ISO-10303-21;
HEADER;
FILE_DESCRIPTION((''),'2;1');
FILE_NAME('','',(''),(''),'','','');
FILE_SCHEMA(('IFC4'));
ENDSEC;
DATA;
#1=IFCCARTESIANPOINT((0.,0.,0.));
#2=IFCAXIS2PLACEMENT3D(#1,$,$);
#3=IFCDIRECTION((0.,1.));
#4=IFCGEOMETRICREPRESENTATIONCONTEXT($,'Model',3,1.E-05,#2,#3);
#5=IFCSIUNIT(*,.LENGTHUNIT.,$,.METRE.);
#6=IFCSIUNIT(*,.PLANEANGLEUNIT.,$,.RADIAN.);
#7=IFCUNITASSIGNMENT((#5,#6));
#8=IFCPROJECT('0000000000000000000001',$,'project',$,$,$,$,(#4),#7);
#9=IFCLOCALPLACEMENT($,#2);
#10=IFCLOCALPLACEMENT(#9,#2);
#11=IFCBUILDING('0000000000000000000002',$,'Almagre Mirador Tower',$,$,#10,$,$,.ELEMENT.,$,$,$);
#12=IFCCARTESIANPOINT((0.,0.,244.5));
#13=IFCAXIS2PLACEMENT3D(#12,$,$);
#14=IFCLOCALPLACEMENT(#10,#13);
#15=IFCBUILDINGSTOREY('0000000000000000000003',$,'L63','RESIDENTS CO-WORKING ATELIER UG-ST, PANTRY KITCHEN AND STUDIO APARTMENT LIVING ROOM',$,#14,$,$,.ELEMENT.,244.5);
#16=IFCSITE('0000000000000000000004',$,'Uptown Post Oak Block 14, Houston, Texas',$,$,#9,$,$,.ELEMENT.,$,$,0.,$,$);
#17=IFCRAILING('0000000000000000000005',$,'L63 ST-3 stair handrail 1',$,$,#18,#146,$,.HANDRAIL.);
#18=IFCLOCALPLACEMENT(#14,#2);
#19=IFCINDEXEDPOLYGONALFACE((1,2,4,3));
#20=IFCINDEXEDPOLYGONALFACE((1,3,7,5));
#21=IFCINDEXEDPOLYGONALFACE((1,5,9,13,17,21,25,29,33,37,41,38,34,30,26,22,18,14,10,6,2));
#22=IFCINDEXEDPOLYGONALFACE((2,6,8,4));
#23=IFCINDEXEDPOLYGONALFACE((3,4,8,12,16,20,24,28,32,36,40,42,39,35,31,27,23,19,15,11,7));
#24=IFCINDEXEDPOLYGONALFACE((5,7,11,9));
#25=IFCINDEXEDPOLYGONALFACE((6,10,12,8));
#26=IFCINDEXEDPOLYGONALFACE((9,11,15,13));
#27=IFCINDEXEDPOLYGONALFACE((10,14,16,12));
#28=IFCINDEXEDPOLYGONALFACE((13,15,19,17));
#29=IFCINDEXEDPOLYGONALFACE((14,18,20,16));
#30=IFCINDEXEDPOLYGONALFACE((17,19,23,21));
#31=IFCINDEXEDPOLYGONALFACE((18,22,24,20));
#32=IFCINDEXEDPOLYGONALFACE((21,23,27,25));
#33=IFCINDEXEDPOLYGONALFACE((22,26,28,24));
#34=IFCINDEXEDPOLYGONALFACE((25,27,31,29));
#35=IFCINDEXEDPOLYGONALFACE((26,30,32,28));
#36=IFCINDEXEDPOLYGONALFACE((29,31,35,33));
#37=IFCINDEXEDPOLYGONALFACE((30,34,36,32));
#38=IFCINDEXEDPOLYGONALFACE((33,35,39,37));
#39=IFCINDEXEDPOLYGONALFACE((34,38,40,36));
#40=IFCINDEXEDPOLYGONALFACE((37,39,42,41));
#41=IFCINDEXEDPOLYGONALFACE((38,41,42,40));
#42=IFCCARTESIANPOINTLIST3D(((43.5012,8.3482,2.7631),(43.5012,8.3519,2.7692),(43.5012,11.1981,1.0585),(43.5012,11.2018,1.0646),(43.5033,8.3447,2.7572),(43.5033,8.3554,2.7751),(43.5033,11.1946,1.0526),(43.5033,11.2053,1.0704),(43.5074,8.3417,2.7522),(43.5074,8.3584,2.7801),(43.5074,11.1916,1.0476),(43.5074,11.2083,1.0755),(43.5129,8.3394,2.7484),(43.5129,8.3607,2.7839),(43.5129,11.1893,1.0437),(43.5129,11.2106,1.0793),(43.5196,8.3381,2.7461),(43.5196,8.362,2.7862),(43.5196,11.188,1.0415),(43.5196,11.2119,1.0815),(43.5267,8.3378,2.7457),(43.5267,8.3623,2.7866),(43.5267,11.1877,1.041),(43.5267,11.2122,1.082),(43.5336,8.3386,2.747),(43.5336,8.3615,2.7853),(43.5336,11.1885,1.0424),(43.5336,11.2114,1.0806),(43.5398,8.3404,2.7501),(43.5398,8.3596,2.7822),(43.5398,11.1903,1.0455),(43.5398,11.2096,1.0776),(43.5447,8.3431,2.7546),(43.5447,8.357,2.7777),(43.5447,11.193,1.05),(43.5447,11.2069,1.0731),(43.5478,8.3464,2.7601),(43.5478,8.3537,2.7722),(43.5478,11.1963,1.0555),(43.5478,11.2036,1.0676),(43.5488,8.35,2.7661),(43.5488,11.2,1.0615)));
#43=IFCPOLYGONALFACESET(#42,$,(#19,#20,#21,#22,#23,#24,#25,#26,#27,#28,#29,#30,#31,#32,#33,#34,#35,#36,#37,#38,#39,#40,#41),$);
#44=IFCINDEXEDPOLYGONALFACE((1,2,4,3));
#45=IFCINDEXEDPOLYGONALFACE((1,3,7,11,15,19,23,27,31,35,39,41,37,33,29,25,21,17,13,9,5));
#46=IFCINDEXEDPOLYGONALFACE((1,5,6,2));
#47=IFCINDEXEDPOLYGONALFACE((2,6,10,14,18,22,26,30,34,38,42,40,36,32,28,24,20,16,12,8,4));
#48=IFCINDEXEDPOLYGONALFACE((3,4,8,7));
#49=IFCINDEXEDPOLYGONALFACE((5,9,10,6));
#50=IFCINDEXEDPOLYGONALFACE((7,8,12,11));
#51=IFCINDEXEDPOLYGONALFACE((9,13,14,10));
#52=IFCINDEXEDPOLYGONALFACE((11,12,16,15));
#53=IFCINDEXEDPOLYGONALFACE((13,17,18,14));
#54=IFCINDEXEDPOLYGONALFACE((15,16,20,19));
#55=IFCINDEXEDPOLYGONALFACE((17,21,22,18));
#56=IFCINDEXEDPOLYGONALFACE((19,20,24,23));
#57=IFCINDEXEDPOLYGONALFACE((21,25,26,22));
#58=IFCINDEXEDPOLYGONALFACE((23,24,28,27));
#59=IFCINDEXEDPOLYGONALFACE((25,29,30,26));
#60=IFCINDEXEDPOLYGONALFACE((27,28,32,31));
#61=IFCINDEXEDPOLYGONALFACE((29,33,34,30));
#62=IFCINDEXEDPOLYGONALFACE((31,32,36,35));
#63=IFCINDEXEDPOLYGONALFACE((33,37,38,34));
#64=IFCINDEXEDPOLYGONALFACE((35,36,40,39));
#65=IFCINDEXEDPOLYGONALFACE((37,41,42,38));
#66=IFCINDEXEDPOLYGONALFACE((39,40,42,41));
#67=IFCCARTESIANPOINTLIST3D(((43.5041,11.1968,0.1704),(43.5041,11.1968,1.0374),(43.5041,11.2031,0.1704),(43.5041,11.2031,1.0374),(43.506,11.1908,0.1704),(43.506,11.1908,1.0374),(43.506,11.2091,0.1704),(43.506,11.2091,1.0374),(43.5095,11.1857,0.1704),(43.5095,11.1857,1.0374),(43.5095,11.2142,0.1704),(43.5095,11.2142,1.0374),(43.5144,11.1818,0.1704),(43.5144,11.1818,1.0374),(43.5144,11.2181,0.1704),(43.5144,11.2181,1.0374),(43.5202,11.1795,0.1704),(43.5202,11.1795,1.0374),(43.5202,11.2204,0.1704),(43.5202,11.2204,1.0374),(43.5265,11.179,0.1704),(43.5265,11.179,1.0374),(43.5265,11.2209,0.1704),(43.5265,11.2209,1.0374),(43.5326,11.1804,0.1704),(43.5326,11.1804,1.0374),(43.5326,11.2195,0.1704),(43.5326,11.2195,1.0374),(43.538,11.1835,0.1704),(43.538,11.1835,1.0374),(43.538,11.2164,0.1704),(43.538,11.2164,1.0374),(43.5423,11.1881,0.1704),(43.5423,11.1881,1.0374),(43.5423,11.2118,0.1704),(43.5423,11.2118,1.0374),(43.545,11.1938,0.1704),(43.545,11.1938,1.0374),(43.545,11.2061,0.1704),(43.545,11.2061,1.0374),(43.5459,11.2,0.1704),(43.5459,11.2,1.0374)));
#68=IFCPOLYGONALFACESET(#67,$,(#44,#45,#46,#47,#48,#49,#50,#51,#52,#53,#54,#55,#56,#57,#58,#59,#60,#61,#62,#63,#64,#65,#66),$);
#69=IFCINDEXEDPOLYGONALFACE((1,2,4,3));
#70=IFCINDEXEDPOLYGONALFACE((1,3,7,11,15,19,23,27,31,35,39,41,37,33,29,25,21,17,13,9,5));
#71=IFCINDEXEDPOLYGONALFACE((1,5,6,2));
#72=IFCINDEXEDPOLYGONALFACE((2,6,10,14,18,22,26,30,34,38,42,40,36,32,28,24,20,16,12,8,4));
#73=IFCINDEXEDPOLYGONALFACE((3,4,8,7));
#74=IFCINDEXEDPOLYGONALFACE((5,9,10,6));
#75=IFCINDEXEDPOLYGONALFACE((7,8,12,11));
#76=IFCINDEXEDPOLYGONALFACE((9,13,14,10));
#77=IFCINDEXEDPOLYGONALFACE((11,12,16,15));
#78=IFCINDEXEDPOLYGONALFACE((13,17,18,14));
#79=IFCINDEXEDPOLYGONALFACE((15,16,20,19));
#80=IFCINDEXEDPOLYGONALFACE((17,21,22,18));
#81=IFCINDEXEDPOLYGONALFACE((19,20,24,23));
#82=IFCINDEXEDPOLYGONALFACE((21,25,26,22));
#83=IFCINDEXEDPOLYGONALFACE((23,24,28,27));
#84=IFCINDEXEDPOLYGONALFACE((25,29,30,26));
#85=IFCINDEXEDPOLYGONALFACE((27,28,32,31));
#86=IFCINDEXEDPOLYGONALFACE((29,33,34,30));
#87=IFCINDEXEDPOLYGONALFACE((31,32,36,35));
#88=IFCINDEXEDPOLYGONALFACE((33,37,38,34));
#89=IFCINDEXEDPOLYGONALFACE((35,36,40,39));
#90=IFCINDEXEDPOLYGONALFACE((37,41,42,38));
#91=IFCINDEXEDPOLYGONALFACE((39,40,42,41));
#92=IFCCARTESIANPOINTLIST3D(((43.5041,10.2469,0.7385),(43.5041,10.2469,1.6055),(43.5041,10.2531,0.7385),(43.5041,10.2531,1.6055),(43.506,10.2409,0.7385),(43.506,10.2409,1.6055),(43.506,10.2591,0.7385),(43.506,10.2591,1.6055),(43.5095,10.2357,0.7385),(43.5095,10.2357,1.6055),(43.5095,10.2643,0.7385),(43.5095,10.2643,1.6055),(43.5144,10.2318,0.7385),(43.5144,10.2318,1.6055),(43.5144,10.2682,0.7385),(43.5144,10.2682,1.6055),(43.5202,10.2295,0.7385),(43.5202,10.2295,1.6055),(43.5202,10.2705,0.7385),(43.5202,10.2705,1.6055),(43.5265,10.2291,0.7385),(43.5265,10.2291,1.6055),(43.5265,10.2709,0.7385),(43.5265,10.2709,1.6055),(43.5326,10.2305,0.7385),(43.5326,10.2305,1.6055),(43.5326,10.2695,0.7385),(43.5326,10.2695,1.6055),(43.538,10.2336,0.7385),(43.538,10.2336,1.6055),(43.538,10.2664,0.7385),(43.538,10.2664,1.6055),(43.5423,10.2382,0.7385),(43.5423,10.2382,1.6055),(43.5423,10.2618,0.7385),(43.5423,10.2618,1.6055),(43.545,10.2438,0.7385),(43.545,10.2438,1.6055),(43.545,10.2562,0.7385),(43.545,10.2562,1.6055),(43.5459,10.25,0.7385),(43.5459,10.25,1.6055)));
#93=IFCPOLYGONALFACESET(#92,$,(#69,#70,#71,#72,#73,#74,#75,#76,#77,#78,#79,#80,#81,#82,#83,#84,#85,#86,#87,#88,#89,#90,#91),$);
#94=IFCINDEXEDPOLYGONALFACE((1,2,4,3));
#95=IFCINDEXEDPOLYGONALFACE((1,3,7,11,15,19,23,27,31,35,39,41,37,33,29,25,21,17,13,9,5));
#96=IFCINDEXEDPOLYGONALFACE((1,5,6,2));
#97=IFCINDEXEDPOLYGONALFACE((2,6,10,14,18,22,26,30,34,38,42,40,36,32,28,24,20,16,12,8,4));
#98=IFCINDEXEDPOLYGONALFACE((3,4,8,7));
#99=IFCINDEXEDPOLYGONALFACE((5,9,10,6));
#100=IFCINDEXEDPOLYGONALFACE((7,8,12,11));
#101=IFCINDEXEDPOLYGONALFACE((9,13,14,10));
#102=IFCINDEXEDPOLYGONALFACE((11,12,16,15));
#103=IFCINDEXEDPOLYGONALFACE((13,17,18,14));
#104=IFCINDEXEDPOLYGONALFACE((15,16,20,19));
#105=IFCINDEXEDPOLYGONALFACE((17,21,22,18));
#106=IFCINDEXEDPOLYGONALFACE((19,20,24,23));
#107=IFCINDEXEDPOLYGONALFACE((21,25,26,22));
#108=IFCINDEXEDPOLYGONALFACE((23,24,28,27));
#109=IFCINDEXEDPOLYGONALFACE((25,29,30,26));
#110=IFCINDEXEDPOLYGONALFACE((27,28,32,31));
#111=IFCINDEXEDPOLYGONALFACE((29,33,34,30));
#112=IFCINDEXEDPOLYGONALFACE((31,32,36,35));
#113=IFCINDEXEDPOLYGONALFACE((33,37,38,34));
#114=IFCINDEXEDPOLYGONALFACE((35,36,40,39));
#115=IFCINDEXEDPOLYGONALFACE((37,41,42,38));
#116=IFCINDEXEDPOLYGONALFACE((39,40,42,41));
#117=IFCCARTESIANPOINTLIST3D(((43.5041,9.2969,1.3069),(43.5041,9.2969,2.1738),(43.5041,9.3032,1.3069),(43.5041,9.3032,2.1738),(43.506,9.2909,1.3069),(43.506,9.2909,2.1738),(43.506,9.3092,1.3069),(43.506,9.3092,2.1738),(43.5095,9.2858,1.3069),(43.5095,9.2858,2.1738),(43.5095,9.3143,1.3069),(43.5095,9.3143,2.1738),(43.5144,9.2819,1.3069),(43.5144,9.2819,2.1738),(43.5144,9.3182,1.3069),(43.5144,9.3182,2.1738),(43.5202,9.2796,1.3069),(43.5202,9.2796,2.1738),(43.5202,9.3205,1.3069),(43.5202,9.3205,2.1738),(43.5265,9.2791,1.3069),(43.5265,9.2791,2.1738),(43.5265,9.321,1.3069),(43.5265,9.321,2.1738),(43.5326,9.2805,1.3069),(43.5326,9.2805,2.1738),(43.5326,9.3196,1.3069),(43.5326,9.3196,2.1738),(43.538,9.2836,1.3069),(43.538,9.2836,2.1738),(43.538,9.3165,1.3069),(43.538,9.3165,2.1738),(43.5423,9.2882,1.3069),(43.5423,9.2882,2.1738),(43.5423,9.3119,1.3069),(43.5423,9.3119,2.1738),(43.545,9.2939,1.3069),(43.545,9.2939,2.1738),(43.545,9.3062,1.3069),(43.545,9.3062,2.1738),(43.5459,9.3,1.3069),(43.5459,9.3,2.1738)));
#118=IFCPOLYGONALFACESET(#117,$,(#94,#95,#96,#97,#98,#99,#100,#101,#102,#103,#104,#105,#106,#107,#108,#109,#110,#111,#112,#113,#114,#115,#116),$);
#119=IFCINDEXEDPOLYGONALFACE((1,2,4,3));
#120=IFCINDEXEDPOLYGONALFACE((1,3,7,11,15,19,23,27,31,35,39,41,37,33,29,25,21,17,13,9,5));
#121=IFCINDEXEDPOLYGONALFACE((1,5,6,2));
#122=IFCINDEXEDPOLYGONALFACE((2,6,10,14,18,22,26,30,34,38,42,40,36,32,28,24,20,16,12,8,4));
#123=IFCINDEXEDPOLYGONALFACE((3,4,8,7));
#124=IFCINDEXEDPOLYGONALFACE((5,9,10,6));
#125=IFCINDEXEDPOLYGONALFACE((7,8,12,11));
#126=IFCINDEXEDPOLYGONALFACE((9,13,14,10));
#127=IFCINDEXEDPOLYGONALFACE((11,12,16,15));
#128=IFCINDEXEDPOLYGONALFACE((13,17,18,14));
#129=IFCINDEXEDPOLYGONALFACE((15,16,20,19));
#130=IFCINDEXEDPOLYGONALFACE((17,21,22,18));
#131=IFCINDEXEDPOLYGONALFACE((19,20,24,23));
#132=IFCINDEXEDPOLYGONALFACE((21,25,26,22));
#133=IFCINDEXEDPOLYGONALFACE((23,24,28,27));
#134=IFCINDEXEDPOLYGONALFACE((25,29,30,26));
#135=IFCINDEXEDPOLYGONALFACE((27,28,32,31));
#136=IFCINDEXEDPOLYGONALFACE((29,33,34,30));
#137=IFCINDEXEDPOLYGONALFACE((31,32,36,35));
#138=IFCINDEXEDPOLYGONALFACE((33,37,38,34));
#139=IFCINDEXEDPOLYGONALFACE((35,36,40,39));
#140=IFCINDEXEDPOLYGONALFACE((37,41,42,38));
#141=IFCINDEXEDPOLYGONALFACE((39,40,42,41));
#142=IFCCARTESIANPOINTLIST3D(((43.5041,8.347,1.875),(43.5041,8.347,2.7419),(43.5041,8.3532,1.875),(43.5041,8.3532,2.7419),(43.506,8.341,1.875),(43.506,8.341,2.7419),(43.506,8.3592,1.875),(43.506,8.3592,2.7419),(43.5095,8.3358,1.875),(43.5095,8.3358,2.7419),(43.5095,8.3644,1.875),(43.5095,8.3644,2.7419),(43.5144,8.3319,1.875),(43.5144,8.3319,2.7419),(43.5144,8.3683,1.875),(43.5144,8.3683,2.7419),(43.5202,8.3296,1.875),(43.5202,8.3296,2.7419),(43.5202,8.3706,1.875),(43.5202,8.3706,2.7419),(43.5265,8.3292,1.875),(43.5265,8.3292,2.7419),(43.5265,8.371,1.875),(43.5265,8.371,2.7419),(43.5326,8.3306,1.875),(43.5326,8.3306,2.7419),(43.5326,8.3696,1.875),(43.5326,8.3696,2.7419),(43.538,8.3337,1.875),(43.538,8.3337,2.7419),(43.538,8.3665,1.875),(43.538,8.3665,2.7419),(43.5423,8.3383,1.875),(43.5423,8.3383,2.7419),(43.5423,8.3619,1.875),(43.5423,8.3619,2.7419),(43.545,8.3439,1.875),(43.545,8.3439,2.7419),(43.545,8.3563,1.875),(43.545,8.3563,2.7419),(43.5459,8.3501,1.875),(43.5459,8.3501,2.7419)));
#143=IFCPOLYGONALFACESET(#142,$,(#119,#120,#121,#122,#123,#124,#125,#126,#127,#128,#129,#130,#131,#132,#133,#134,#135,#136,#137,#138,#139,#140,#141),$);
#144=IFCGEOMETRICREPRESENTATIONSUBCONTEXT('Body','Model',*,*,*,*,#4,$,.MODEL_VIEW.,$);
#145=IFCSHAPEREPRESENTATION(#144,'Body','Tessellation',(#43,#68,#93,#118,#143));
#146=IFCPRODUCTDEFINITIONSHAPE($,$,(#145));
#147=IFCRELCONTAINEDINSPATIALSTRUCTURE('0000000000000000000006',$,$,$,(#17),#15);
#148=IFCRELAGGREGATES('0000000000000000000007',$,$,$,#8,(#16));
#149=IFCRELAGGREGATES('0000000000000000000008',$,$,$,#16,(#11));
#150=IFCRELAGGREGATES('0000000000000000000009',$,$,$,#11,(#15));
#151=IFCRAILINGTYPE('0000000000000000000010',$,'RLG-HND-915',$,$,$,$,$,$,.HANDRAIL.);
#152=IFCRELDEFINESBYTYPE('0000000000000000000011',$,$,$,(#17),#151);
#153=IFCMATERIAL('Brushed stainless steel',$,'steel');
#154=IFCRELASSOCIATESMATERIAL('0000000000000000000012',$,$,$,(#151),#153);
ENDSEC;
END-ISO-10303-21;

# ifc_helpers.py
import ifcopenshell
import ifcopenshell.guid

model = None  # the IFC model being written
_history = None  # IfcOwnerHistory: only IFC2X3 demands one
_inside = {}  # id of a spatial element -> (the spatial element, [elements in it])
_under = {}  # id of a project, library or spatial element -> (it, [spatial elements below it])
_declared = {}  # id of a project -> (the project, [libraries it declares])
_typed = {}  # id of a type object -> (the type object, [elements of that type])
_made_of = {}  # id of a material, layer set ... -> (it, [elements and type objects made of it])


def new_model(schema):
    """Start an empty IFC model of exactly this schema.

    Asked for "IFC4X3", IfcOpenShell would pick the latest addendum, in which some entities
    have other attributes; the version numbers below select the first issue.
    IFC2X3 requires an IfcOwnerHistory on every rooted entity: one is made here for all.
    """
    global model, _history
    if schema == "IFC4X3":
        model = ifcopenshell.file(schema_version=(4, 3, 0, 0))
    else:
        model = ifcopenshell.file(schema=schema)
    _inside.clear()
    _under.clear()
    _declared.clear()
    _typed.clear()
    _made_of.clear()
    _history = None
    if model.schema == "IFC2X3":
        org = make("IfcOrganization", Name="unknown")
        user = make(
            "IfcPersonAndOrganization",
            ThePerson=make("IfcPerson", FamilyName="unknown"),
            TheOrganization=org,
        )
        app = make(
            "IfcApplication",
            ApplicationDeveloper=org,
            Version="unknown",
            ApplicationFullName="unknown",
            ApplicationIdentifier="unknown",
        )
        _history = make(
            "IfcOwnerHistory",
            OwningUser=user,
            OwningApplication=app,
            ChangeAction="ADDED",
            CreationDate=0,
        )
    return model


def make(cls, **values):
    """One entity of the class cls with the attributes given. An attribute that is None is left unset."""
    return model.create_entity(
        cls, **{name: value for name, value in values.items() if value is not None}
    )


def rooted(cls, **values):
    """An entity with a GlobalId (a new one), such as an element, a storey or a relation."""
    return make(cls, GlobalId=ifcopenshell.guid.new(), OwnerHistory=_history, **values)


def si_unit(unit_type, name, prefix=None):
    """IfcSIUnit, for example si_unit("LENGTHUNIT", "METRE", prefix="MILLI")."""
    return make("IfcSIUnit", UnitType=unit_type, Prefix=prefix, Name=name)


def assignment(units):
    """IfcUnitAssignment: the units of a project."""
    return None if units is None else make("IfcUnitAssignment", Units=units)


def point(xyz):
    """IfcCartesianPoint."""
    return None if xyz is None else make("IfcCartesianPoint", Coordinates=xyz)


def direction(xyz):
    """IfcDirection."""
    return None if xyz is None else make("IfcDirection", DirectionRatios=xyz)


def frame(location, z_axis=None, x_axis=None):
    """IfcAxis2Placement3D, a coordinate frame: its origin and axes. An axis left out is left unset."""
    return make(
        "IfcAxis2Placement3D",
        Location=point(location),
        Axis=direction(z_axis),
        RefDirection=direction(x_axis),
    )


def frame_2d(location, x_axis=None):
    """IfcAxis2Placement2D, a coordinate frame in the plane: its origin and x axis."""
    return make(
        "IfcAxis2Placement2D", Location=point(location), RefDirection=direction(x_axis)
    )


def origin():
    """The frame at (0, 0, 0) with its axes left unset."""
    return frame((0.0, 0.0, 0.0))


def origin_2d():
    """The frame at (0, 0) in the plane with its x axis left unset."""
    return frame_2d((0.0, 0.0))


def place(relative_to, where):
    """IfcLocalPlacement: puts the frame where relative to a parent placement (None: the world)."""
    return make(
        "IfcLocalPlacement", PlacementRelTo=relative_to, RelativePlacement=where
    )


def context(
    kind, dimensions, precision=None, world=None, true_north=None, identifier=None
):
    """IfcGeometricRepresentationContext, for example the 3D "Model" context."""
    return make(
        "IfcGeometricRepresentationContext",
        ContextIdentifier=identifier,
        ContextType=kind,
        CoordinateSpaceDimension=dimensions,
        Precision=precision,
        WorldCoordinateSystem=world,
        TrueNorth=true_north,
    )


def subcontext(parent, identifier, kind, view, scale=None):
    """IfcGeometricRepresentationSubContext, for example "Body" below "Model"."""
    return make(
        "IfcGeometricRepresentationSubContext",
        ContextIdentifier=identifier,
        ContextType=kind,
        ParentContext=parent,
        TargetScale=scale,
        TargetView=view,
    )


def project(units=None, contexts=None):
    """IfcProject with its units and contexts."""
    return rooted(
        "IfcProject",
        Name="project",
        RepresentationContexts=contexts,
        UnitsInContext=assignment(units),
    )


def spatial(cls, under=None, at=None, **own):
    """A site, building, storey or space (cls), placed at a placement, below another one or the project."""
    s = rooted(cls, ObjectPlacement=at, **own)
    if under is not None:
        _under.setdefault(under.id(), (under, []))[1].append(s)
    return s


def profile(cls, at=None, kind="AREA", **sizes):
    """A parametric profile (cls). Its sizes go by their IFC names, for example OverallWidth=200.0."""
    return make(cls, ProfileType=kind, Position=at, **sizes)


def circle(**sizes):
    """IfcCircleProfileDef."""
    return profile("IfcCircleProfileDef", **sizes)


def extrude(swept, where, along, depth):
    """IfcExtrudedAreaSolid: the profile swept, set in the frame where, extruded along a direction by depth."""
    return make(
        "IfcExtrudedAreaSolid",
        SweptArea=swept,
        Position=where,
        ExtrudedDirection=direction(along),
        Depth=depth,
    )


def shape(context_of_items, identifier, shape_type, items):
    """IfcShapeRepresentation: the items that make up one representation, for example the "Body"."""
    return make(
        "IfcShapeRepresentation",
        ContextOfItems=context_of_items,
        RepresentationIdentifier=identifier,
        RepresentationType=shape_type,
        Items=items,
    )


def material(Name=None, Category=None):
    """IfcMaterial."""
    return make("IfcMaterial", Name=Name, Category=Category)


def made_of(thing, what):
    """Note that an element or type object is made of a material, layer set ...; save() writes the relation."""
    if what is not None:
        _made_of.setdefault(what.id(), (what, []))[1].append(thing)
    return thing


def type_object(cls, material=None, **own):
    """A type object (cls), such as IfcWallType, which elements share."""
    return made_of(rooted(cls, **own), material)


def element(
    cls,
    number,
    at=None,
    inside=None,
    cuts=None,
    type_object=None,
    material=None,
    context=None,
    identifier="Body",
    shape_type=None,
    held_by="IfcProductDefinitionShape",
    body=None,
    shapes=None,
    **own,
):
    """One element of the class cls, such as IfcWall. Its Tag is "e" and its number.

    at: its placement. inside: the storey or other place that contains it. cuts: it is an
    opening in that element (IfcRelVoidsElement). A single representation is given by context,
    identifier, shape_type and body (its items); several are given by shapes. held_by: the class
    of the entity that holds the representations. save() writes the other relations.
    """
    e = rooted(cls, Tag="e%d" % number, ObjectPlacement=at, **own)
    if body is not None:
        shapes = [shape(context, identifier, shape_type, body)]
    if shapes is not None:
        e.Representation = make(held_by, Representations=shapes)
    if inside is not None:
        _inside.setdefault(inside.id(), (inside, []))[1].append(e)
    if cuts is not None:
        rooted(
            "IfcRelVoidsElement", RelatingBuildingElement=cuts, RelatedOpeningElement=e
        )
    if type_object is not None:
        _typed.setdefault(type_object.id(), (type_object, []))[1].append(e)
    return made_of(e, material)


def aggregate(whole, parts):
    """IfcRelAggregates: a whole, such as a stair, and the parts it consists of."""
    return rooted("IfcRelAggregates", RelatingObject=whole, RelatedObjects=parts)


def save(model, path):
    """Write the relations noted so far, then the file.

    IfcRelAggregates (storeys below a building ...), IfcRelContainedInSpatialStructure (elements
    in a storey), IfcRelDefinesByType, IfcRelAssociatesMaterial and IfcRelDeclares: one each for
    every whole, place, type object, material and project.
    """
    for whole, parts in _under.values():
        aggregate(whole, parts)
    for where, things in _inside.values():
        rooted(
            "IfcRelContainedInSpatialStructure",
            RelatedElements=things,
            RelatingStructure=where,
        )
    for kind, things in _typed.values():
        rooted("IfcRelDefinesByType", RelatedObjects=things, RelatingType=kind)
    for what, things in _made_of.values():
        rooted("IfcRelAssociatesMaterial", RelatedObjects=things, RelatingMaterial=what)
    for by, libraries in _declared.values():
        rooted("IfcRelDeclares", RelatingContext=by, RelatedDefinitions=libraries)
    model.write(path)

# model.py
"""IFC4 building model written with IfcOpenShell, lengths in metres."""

from ifc_helpers import new_model, si_unit, direction, frame, origin, origin_2d, place, context, subcontext, project, spatial, circle, extrude, material, type_object, element, save


model = new_model("IFC4")

# Units and contexts
model_context = context("Model", 3, precision=1e-05, world=origin(), true_north=direction((0.0, 1.0)))
body_context = subcontext(model_context, "Body", "Model", "MODEL_VIEW")
ifc_project = project(units=[si_unit("LENGTHUNIT", "METRE"), si_unit("PLANEANGLEUNIT", "RADIAN")], contexts=[model_context])

# Site, building, storey
site_placement = place(None, origin())
site = spatial("IfcSite", under=ifc_project, at=site_placement, Name="Uptown Post Oak Block 14, Houston, Texas", CompositionType="ELEMENT", RefElevation=0.0)
building_placement = place(site_placement, origin())
building = spatial("IfcBuilding", under=site, at=building_placement, Name="Almagre Mirador Tower", CompositionType="ELEMENT")
storey_placement = place(building_placement, frame((0.0, 0.0, 244.5)))
storey = spatial("IfcBuildingStorey", under=building, at=storey_placement, Name="L63", Description="RESIDENTS CO-WORKING ATELIER UG-ST, PANTRY KITCHEN AND STUDIO APARTMENT LIVING ROOM", CompositionType="ELEMENT", Elevation=244.5)

# Railing
ifc_material_1 = material(Name="Brushed stainless steel", Category="steel")
railing_type_1 = type_object("IfcRailingType", Name="RLG-HND-915", PredefinedType="HANDRAIL", material=ifc_material_1)
railing_1_placement = place(storey_placement, frame((43.5249, 11.2, 0.1704)))
element("IfcRailing", 1, at=railing_1_placement, inside=storey, type_object=railing_type_1, Name="L63 ST-3 stair handrail 1", PredefinedType="HANDRAIL", context=body_context, shape_type="SweptSolid", body=[
    extrude(circle(Radius=0.0239, at=origin_2d()), frame((0.0, 0.0, 0.8911), z_axis=(0.0, -0.858199, 0.513317), x_axis=(1.0, 0.0, 0.0)), (0.0, 0.0, 1.0), 3.3208),
    extrude(circle(Radius=0.021, at=origin_2d()), origin(), (0.0, 0.0, 1.0), 0.8669),
    extrude(circle(Radius=0.021, at=origin_2d()), frame((0.0, -0.95, 0.5681)), (0.0, 0.0, 1.0), 0.8669),
    extrude(circle(Radius=0.021, at=origin_2d()), frame((0.0, -1.8999, 1.1365)), (0.0, 0.0, 1.0), 0.8669),
    extrude(circle(Radius=0.021, at=origin_2d()), frame((0.0, -2.8499, 1.7046)), (0.0, 0.0, 1.0), 0.8669),
])

save(model, "model.ifc")
